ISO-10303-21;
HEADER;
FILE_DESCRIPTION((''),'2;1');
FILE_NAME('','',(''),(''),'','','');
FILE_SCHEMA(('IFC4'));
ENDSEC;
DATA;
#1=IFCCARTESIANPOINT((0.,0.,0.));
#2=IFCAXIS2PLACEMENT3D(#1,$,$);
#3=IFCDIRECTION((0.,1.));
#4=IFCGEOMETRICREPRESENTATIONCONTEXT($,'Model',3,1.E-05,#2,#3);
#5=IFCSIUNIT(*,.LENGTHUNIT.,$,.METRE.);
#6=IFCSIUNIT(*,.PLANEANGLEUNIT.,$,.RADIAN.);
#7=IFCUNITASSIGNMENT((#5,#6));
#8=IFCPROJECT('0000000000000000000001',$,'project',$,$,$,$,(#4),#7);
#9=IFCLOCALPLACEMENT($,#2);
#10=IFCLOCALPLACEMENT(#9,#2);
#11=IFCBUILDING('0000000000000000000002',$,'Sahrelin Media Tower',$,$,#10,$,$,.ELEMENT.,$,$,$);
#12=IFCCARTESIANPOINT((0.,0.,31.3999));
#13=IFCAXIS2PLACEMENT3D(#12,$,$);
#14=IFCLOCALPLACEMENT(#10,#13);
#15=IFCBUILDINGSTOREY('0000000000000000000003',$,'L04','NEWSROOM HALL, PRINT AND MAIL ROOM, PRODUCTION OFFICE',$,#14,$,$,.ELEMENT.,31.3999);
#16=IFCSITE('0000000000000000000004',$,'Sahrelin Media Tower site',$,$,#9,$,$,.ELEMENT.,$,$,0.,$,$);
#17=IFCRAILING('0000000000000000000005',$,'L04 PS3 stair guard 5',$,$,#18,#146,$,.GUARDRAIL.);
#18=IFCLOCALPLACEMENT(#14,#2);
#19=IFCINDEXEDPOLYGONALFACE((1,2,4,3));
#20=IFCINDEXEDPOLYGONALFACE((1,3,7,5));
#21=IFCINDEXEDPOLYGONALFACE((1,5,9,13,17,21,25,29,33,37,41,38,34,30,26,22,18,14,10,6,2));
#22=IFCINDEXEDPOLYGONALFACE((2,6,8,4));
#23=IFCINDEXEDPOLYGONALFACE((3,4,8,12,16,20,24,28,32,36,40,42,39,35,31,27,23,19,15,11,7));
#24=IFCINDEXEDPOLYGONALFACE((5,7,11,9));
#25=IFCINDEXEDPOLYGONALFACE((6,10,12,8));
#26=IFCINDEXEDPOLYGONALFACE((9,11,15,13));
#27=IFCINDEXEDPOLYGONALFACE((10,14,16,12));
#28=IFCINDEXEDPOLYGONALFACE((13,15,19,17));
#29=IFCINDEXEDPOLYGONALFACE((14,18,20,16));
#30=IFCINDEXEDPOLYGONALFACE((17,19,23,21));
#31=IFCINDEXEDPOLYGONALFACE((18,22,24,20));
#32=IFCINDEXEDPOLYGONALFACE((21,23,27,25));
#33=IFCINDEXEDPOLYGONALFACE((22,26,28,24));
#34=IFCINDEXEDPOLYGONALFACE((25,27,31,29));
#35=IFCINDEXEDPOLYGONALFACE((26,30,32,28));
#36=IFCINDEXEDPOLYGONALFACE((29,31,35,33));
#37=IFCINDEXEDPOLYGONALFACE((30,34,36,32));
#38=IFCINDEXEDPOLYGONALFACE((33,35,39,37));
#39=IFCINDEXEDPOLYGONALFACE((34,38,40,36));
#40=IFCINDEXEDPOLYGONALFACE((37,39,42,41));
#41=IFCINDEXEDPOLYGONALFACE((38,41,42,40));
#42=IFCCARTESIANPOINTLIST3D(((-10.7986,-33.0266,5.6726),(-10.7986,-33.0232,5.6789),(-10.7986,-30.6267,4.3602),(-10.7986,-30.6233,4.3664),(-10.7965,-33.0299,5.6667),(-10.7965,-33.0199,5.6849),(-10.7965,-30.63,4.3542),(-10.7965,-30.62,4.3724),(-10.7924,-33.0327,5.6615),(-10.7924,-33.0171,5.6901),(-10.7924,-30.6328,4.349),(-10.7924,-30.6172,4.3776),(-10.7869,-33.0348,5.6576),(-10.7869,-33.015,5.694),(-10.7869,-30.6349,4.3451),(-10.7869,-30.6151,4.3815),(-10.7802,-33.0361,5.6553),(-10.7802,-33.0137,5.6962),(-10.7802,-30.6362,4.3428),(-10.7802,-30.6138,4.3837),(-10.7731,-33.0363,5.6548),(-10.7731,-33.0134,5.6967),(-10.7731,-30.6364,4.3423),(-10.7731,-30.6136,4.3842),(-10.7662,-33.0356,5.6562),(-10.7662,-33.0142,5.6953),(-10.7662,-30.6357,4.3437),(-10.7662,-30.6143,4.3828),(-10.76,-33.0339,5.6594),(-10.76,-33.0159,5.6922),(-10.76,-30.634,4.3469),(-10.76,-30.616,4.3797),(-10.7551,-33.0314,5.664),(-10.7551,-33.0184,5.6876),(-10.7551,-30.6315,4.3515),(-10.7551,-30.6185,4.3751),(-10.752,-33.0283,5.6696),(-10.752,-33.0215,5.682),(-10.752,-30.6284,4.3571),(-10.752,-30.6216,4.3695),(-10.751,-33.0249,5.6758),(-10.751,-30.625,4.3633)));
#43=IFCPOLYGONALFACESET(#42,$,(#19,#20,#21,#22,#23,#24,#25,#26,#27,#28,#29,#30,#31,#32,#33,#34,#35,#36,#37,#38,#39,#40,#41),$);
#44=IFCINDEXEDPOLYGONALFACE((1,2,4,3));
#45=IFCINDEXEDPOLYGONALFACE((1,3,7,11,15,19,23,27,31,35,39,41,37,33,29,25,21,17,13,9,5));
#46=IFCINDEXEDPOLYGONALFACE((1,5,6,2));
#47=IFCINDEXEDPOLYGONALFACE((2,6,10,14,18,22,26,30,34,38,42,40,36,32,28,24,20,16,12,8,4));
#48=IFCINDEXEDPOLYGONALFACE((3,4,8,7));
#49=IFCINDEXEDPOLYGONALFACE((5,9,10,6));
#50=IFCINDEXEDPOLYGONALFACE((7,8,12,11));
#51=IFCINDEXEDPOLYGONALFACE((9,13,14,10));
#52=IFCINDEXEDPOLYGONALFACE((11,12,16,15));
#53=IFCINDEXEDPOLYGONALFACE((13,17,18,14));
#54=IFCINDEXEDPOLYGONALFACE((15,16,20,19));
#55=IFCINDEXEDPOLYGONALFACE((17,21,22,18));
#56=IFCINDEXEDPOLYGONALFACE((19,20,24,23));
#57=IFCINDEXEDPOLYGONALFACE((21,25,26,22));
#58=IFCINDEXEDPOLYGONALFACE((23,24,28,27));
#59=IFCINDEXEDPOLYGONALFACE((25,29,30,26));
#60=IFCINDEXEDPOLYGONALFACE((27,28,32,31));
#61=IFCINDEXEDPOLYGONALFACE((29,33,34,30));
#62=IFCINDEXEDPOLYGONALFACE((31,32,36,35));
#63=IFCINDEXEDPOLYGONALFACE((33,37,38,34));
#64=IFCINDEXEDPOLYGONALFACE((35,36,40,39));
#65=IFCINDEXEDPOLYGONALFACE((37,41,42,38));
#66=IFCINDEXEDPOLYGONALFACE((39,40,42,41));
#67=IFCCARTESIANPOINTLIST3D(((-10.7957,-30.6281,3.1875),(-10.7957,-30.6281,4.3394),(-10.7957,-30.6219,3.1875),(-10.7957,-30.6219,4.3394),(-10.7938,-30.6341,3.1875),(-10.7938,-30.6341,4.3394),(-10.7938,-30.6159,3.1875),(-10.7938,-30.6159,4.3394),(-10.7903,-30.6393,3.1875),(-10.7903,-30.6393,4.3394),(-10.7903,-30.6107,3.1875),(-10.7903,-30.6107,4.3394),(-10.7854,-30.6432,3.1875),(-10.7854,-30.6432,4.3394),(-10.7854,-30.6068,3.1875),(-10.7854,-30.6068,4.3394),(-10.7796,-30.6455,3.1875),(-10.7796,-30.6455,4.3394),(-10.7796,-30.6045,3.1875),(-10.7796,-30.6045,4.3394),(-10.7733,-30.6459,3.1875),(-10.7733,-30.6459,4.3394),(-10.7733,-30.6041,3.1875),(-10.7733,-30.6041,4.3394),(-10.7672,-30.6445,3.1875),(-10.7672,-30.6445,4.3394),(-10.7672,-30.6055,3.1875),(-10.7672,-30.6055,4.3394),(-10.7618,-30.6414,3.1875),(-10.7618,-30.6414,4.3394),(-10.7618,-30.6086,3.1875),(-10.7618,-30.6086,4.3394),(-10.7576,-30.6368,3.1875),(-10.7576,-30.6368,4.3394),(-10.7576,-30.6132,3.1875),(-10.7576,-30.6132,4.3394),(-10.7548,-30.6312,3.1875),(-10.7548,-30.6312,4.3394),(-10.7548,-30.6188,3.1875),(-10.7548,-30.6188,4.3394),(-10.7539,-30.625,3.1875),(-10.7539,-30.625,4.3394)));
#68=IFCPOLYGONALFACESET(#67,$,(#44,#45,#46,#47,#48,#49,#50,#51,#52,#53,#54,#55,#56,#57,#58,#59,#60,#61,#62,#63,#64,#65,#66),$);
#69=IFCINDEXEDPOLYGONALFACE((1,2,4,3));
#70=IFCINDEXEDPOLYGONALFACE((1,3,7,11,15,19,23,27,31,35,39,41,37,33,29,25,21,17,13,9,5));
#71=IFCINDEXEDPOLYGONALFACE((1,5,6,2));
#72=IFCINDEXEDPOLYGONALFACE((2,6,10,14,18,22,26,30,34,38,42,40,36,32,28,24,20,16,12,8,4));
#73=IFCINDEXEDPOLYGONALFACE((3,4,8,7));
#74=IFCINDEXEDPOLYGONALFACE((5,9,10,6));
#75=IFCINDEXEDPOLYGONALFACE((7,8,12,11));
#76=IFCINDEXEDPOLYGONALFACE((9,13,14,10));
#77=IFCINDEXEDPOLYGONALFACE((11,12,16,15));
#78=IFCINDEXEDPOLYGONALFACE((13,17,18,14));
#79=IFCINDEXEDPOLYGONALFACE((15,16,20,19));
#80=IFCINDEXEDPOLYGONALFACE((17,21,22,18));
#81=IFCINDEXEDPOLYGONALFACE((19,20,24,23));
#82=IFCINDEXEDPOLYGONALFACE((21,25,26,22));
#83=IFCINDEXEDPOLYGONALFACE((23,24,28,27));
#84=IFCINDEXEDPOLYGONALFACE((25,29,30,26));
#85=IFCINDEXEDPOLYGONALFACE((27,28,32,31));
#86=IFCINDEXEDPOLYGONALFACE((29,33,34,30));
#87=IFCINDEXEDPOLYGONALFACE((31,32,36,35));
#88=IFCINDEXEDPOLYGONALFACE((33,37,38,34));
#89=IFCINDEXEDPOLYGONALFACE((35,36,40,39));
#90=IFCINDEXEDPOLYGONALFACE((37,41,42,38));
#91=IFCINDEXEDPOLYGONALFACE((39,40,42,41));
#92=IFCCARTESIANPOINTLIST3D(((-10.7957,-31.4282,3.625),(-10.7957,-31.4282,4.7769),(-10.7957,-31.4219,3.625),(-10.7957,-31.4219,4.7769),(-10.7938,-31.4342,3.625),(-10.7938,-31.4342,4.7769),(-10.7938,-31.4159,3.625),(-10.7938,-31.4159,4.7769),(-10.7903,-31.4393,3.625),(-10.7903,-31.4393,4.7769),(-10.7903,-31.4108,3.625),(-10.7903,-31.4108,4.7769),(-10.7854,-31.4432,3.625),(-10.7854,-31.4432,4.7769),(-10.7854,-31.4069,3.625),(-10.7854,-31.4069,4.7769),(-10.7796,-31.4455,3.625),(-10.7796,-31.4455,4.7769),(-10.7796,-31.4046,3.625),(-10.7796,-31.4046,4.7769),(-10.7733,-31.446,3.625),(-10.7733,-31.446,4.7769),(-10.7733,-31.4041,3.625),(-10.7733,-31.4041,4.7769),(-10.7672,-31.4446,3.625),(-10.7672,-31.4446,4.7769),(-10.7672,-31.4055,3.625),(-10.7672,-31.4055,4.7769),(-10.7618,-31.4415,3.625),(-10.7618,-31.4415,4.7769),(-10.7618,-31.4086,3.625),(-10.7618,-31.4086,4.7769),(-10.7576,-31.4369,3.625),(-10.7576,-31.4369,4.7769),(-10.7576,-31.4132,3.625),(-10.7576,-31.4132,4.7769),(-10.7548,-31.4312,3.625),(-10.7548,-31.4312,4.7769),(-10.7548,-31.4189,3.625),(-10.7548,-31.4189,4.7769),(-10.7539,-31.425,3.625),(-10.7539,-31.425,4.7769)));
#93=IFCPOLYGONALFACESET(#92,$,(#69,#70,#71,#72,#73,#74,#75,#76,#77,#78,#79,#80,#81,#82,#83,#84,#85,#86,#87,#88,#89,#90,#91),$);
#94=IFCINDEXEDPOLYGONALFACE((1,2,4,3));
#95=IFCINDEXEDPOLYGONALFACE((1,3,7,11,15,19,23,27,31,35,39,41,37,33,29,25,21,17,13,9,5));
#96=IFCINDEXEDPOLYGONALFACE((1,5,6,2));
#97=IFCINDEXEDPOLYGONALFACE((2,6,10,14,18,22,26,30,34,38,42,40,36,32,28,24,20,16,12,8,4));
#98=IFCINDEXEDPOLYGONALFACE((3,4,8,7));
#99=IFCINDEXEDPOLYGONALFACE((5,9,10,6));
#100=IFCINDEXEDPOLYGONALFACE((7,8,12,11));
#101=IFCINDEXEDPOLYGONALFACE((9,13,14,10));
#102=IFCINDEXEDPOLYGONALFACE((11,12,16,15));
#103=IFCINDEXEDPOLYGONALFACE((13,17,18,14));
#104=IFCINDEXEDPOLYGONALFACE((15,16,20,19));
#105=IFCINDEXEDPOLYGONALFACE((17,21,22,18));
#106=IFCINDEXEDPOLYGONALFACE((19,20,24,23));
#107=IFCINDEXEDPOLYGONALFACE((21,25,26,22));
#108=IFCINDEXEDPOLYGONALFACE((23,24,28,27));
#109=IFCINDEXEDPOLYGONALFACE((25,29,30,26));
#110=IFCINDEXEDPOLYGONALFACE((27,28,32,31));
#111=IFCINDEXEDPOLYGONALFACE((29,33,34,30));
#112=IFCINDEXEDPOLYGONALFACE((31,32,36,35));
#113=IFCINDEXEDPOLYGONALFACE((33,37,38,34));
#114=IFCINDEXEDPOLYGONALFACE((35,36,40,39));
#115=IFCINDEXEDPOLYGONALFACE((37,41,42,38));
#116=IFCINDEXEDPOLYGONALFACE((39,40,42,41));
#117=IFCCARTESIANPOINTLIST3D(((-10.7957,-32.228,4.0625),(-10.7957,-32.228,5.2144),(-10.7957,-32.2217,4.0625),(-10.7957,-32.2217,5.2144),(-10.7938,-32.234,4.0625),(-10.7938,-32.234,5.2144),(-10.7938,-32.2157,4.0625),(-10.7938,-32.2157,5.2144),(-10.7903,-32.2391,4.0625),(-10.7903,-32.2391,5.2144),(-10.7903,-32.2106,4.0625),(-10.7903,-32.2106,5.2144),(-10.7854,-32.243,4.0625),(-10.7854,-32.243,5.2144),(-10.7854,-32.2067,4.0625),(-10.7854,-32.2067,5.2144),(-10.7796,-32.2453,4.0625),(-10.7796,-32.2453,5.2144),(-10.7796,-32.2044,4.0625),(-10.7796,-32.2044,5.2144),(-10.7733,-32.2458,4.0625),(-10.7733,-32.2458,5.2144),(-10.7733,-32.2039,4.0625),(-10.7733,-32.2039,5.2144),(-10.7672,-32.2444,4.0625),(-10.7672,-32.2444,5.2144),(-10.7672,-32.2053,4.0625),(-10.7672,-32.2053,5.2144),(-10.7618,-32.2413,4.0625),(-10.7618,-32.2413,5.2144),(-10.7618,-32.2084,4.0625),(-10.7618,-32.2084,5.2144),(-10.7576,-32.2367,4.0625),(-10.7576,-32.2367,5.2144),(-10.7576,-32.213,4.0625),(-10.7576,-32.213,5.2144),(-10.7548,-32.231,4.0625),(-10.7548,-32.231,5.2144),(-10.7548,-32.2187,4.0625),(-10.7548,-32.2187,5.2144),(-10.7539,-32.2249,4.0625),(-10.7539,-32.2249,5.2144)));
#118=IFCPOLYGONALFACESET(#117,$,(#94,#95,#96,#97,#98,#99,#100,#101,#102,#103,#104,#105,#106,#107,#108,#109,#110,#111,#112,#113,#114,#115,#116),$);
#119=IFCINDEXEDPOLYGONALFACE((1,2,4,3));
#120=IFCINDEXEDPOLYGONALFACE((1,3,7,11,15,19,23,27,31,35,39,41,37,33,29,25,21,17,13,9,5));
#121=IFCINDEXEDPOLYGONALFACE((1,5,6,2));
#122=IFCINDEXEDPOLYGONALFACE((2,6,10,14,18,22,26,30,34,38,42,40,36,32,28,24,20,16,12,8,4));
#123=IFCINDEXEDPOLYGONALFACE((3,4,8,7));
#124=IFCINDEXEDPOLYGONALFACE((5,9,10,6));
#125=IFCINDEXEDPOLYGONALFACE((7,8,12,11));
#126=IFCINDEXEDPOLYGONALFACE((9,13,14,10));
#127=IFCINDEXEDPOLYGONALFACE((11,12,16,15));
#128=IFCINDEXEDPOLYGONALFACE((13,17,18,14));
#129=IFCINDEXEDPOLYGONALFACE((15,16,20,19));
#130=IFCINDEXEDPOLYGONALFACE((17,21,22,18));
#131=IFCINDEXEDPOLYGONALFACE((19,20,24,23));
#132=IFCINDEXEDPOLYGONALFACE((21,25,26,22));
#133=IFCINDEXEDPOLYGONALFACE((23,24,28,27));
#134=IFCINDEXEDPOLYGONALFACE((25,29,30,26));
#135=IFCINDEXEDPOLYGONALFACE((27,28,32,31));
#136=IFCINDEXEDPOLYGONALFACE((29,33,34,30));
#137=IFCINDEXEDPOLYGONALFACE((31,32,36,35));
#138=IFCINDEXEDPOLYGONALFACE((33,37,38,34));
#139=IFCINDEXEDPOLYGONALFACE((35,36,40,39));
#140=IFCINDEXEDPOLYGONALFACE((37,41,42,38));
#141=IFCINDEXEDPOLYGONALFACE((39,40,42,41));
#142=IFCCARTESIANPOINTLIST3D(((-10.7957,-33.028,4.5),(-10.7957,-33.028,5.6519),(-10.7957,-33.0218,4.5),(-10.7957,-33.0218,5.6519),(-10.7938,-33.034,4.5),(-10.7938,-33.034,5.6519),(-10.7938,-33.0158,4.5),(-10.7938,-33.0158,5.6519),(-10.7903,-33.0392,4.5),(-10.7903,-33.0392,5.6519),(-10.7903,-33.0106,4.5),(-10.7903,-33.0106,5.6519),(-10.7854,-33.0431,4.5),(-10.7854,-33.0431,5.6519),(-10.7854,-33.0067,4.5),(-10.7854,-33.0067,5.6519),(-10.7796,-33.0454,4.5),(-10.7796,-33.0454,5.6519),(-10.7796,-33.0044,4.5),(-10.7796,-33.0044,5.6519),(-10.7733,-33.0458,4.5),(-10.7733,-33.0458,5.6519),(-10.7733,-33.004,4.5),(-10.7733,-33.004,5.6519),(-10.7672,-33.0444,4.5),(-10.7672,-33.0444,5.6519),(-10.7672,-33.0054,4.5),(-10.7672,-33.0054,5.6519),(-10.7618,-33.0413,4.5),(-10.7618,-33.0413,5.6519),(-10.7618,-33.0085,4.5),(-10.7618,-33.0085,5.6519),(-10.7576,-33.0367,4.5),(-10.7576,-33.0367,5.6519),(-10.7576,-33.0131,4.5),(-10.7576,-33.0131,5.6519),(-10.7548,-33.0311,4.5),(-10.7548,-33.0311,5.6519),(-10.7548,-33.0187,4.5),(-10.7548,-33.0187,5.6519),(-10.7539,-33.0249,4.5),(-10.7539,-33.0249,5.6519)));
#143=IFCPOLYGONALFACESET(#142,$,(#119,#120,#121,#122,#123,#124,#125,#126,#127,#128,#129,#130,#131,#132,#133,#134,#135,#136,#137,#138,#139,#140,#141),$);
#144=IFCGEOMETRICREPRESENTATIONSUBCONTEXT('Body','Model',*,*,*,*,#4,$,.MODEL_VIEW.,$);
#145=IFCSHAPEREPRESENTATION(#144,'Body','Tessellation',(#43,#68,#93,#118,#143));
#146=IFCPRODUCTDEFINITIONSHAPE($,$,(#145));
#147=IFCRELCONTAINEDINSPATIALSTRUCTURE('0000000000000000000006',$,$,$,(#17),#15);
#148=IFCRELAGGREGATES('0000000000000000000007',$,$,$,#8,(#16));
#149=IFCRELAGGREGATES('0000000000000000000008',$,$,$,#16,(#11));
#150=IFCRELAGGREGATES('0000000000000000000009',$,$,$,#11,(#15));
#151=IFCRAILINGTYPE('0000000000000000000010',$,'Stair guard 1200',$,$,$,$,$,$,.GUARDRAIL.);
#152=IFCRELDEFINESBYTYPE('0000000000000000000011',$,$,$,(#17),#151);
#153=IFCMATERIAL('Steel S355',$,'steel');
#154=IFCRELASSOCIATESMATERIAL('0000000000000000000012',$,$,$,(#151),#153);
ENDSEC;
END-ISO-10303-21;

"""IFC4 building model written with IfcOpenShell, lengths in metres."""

from ifc_helpers import new_model, si_unit, direction, frame, origin, origin_2d, place, context, subcontext, project, spatial, circle, extrude, material, type_object, element, save


model = new_model("IFC4")

# Units and contexts
model_context = context("Model", 3, precision=1e-05, world=origin(), true_north=direction((0.0, 1.0)))
body_context = subcontext(model_context, "Body", "Model", "MODEL_VIEW")
ifc_project = project(units=[si_unit("LENGTHUNIT", "METRE"), si_unit("PLANEANGLEUNIT", "RADIAN")], contexts=[model_context])

# Site, building, storey
site_placement = place(None, origin())
site = spatial("IfcSite", under=ifc_project, at=site_placement, Name="Sahrelin Media Tower site", CompositionType="ELEMENT", RefElevation=0.0)
building_placement = place(site_placement, origin())
building = spatial("IfcBuilding", under=site, at=building_placement, Name="Sahrelin Media Tower", CompositionType="ELEMENT")
storey_placement = place(building_placement, frame((0.0, 0.0, 31.3999)))
storey = spatial("IfcBuildingStorey", under=building, at=storey_placement, Name="L04", Description="NEWSROOM HALL, PRINT AND MAIL ROOM, PRODUCTION OFFICE", CompositionType="ELEMENT", Elevation=31.3999)

# Shared definitions
ifc_material_1 = material(Name="Steel S355", Category="steel")

# Railing
railing_type_1 = type_object("IfcRailingType", Name="Stair guard 1200", PredefinedType="GUARDRAIL", material=ifc_material_1)
railing_1_placement = place(storey_placement, frame((-10.7749, -30.625, 3.1875)))
element("IfcRailing", 1, at=railing_1_placement, inside=storey, type_object=railing_type_1, Name="L04 PS3 stair guard 5", PredefinedType="GUARDRAIL", context=body_context, shape_type="SweptSolid", body=[
    extrude(circle(Radius=0.0239, at=origin_2d()), frame((0.0, 0.0, 1.1758), z_axis=(0.0, -0.877363, 0.479827), x_axis=(1.0, 0.0, 0.0)), (0.0, 0.0, 1.0), 2.7354),
    extrude(circle(Radius=0.021, at=origin_2d()), origin(), (0.0, 0.0, 1.0), 1.1519),
    extrude(circle(Radius=0.021, at=origin_2d()), frame((0.0, -0.8, 0.4375)), (0.0, 0.0, 1.0), 1.1519),
    extrude(circle(Radius=0.021, at=origin_2d()), frame((0.0, -1.5999, 0.875)), (0.0, 0.0, 1.0), 1.1519),
    extrude(circle(Radius=0.021, at=origin_2d()), frame((0.0, -2.3999, 1.3125)), (0.0, 0.0, 1.0), 1.1519),
])

save(model, "model.ifc")
